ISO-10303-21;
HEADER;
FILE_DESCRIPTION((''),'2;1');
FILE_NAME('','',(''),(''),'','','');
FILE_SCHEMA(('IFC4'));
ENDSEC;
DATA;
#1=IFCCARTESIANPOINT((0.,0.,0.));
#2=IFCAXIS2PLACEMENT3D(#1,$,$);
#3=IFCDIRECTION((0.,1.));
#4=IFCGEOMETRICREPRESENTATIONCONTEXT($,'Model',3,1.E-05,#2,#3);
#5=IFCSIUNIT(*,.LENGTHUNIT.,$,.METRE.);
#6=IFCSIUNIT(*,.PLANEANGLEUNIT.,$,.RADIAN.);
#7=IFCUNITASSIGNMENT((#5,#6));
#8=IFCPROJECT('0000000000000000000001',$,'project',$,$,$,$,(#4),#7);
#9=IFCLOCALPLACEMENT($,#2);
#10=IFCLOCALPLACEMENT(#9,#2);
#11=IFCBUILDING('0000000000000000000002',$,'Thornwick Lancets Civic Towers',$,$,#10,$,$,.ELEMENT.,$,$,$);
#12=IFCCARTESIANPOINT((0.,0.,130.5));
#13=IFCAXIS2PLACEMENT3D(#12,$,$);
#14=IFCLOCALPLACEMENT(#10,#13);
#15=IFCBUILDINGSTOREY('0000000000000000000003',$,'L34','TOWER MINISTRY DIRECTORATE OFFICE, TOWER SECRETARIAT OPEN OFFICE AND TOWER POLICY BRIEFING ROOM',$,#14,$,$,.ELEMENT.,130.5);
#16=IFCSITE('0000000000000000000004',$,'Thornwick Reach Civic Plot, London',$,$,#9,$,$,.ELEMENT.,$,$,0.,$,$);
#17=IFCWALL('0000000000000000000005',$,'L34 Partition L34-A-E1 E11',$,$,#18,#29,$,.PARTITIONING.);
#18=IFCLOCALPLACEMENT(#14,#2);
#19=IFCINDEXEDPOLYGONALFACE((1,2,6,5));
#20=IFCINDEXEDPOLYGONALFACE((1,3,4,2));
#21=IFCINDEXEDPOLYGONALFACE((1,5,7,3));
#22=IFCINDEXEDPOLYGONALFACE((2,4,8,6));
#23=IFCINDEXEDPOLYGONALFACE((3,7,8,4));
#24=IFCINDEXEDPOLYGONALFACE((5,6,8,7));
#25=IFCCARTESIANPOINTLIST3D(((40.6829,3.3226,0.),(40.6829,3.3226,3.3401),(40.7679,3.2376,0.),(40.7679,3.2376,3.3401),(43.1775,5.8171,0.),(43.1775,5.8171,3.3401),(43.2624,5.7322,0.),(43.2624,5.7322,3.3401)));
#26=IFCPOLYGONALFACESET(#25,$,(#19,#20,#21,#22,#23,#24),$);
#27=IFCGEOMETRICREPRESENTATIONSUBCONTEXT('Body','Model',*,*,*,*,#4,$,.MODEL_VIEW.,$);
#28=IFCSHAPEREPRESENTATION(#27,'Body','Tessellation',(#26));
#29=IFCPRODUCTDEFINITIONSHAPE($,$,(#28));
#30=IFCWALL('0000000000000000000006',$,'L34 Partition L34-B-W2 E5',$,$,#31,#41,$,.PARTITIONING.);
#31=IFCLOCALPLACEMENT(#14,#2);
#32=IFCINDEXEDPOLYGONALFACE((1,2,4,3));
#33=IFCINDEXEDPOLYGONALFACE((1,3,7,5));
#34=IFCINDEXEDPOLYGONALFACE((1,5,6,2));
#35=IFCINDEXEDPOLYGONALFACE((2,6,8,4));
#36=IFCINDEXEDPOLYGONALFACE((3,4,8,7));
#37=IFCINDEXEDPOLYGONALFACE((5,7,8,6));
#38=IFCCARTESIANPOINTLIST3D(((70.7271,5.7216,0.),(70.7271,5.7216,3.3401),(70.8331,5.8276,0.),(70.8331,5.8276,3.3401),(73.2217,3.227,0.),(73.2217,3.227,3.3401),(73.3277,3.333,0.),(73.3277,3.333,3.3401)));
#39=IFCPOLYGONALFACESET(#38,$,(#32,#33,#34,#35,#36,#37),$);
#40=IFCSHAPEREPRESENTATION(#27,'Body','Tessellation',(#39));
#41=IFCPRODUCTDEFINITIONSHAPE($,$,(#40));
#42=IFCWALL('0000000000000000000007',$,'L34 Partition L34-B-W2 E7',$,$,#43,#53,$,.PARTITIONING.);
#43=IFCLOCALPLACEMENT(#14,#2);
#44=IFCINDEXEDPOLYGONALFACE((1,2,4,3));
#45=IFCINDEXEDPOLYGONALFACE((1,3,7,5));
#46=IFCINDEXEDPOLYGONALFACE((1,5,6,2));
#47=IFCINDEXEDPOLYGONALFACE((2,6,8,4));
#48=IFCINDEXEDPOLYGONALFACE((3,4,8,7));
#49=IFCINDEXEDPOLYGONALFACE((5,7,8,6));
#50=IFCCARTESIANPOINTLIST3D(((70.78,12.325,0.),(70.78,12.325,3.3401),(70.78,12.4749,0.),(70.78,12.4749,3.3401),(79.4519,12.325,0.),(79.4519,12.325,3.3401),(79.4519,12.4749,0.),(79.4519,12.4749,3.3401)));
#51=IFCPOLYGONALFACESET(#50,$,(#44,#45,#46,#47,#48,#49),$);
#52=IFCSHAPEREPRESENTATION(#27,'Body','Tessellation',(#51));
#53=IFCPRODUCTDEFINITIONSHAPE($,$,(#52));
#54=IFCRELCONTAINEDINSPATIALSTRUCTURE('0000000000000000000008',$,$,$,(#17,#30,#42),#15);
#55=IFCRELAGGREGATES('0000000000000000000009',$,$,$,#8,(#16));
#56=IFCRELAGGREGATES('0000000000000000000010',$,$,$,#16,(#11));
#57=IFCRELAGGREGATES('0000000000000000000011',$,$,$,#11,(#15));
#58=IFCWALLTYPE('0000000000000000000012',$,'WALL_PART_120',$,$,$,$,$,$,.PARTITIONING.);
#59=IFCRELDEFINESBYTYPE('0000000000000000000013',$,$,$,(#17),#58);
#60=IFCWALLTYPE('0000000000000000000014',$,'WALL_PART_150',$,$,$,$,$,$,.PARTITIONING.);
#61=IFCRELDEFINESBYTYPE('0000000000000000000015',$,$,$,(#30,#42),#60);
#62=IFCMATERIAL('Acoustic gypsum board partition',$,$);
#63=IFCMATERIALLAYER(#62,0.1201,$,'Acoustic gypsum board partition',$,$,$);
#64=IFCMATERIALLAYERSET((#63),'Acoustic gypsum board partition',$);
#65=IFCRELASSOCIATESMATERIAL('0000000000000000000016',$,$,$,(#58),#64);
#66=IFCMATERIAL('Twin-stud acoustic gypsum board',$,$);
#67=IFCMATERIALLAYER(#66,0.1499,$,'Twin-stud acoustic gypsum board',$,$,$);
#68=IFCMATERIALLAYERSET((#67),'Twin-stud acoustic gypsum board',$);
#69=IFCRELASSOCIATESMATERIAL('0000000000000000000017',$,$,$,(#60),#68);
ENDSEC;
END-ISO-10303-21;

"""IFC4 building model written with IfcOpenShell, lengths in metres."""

from ifc_helpers import new_model, si_unit, direction, frame, frame_2d, origin, place, context, subcontext, project, spatial, rectangle, extrude, material, layer, layer_set, type_object, element, save


model = new_model("IFC4")

# Units and contexts
model_context = context("Model", 3, precision=1e-05, world=origin(), true_north=direction((0.0, 1.0)))
body_context = subcontext(model_context, "Body", "Model", "MODEL_VIEW")
ifc_project = project(units=[si_unit("LENGTHUNIT", "METRE"), si_unit("PLANEANGLEUNIT", "RADIAN")], contexts=[model_context])

# Site, building, storey
site_placement = place(None, origin())
site = spatial("IfcSite", under=ifc_project, at=site_placement, Name="Thornwick Reach Civic Plot, London", CompositionType="ELEMENT", RefElevation=0.0)
building_placement = place(site_placement, origin())
building = spatial("IfcBuilding", under=site, at=building_placement, Name="Thornwick Lancets Civic Towers", CompositionType="ELEMENT")
storey_placement = place(building_placement, frame((0.0, 0.0, 130.5)))
storey = spatial("IfcBuildingStorey", under=building, at=storey_placement, Name="L34", Description="TOWER MINISTRY DIRECTORATE OFFICE, TOWER SECRETARIAT OPEN OFFICE AND TOWER POLICY BRIEFING ROOM", CompositionType="ELEMENT", Elevation=130.5)

# Walls
ifc_material_1 = material(Name="Acoustic gypsum board partition")
ifc_layer_1 = layer(ifc_material_1, 0.1201, Name="Acoustic gypsum board partition")
ifc_layer_set_1 = layer_set([ifc_layer_1], Name="Acoustic gypsum board partition")
wall_type_1 = type_object("IfcWallType", Name="WALL_PART_120", PredefinedType="PARTITIONING", material=ifc_layer_set_1)
wall_1_placement = place(storey_placement, frame((43.22, 5.7747, 0.0), z_axis=(0.0, 0.0, 1.0), x_axis=(-0.707107, -0.707107, 0.0)))
element("IfcWall", 1, at=wall_1_placement, inside=storey, type_object=wall_type_1, Name="L34 Partition L34-A-E1 E11", PredefinedType="PARTITIONING", context=body_context, shape_type="SweptSolid", body=[
    extrude(rectangle(XDim=3.5278, YDim=0.1201, at=frame_2d((1.7639, 0.0))), origin(), (0.0, 0.0, 1.0), 3.3401),
])
ifc_material_2 = material(Name="Twin-stud acoustic gypsum board")
ifc_layer_2 = layer(ifc_material_2, 0.1499, Name="Twin-stud acoustic gypsum board")
ifc_layer_set_2 = layer_set([ifc_layer_2], Name="Twin-stud acoustic gypsum board")
wall_type_2 = type_object("IfcWallType", Name="WALL_PART_150", PredefinedType="PARTITIONING", material=ifc_layer_set_2)
wall_2_placement = place(storey_placement, frame((73.2747, 3.28, 0.0), z_axis=(0.0, 0.0, 1.0), x_axis=(-0.707107, 0.707107, 0.0)))
element("IfcWall", 2, at=wall_2_placement, inside=storey, type_object=wall_type_2, Name="L34 Partition L34-B-W2 E5", PredefinedType="PARTITIONING", context=body_context, shape_type="SweptSolid", body=[
    extrude(rectangle(XDim=3.5278, YDim=0.1499, at=frame_2d((1.7639, 0.0))), origin(), (0.0, 0.0, 1.0), 3.3401),
])
wall_3_placement = place(storey_placement, frame((70.78, 12.3999, 0.0), z_axis=(0.0, 0.0, 1.0), x_axis=(1.0, 0.0, 0.0)))
element("IfcWall", 3, at=wall_3_placement, inside=storey, type_object=wall_type_2, Name="L34 Partition L34-B-W2 E7", PredefinedType="PARTITIONING", context=body_context, shape_type="SweptSolid", body=[
    extrude(rectangle(XDim=8.6719, YDim=0.1499, at=frame_2d((4.3359, 0.0))), origin(), (0.0, 0.0, 1.0), 3.3401),
])

save(model, "model.ifc")
